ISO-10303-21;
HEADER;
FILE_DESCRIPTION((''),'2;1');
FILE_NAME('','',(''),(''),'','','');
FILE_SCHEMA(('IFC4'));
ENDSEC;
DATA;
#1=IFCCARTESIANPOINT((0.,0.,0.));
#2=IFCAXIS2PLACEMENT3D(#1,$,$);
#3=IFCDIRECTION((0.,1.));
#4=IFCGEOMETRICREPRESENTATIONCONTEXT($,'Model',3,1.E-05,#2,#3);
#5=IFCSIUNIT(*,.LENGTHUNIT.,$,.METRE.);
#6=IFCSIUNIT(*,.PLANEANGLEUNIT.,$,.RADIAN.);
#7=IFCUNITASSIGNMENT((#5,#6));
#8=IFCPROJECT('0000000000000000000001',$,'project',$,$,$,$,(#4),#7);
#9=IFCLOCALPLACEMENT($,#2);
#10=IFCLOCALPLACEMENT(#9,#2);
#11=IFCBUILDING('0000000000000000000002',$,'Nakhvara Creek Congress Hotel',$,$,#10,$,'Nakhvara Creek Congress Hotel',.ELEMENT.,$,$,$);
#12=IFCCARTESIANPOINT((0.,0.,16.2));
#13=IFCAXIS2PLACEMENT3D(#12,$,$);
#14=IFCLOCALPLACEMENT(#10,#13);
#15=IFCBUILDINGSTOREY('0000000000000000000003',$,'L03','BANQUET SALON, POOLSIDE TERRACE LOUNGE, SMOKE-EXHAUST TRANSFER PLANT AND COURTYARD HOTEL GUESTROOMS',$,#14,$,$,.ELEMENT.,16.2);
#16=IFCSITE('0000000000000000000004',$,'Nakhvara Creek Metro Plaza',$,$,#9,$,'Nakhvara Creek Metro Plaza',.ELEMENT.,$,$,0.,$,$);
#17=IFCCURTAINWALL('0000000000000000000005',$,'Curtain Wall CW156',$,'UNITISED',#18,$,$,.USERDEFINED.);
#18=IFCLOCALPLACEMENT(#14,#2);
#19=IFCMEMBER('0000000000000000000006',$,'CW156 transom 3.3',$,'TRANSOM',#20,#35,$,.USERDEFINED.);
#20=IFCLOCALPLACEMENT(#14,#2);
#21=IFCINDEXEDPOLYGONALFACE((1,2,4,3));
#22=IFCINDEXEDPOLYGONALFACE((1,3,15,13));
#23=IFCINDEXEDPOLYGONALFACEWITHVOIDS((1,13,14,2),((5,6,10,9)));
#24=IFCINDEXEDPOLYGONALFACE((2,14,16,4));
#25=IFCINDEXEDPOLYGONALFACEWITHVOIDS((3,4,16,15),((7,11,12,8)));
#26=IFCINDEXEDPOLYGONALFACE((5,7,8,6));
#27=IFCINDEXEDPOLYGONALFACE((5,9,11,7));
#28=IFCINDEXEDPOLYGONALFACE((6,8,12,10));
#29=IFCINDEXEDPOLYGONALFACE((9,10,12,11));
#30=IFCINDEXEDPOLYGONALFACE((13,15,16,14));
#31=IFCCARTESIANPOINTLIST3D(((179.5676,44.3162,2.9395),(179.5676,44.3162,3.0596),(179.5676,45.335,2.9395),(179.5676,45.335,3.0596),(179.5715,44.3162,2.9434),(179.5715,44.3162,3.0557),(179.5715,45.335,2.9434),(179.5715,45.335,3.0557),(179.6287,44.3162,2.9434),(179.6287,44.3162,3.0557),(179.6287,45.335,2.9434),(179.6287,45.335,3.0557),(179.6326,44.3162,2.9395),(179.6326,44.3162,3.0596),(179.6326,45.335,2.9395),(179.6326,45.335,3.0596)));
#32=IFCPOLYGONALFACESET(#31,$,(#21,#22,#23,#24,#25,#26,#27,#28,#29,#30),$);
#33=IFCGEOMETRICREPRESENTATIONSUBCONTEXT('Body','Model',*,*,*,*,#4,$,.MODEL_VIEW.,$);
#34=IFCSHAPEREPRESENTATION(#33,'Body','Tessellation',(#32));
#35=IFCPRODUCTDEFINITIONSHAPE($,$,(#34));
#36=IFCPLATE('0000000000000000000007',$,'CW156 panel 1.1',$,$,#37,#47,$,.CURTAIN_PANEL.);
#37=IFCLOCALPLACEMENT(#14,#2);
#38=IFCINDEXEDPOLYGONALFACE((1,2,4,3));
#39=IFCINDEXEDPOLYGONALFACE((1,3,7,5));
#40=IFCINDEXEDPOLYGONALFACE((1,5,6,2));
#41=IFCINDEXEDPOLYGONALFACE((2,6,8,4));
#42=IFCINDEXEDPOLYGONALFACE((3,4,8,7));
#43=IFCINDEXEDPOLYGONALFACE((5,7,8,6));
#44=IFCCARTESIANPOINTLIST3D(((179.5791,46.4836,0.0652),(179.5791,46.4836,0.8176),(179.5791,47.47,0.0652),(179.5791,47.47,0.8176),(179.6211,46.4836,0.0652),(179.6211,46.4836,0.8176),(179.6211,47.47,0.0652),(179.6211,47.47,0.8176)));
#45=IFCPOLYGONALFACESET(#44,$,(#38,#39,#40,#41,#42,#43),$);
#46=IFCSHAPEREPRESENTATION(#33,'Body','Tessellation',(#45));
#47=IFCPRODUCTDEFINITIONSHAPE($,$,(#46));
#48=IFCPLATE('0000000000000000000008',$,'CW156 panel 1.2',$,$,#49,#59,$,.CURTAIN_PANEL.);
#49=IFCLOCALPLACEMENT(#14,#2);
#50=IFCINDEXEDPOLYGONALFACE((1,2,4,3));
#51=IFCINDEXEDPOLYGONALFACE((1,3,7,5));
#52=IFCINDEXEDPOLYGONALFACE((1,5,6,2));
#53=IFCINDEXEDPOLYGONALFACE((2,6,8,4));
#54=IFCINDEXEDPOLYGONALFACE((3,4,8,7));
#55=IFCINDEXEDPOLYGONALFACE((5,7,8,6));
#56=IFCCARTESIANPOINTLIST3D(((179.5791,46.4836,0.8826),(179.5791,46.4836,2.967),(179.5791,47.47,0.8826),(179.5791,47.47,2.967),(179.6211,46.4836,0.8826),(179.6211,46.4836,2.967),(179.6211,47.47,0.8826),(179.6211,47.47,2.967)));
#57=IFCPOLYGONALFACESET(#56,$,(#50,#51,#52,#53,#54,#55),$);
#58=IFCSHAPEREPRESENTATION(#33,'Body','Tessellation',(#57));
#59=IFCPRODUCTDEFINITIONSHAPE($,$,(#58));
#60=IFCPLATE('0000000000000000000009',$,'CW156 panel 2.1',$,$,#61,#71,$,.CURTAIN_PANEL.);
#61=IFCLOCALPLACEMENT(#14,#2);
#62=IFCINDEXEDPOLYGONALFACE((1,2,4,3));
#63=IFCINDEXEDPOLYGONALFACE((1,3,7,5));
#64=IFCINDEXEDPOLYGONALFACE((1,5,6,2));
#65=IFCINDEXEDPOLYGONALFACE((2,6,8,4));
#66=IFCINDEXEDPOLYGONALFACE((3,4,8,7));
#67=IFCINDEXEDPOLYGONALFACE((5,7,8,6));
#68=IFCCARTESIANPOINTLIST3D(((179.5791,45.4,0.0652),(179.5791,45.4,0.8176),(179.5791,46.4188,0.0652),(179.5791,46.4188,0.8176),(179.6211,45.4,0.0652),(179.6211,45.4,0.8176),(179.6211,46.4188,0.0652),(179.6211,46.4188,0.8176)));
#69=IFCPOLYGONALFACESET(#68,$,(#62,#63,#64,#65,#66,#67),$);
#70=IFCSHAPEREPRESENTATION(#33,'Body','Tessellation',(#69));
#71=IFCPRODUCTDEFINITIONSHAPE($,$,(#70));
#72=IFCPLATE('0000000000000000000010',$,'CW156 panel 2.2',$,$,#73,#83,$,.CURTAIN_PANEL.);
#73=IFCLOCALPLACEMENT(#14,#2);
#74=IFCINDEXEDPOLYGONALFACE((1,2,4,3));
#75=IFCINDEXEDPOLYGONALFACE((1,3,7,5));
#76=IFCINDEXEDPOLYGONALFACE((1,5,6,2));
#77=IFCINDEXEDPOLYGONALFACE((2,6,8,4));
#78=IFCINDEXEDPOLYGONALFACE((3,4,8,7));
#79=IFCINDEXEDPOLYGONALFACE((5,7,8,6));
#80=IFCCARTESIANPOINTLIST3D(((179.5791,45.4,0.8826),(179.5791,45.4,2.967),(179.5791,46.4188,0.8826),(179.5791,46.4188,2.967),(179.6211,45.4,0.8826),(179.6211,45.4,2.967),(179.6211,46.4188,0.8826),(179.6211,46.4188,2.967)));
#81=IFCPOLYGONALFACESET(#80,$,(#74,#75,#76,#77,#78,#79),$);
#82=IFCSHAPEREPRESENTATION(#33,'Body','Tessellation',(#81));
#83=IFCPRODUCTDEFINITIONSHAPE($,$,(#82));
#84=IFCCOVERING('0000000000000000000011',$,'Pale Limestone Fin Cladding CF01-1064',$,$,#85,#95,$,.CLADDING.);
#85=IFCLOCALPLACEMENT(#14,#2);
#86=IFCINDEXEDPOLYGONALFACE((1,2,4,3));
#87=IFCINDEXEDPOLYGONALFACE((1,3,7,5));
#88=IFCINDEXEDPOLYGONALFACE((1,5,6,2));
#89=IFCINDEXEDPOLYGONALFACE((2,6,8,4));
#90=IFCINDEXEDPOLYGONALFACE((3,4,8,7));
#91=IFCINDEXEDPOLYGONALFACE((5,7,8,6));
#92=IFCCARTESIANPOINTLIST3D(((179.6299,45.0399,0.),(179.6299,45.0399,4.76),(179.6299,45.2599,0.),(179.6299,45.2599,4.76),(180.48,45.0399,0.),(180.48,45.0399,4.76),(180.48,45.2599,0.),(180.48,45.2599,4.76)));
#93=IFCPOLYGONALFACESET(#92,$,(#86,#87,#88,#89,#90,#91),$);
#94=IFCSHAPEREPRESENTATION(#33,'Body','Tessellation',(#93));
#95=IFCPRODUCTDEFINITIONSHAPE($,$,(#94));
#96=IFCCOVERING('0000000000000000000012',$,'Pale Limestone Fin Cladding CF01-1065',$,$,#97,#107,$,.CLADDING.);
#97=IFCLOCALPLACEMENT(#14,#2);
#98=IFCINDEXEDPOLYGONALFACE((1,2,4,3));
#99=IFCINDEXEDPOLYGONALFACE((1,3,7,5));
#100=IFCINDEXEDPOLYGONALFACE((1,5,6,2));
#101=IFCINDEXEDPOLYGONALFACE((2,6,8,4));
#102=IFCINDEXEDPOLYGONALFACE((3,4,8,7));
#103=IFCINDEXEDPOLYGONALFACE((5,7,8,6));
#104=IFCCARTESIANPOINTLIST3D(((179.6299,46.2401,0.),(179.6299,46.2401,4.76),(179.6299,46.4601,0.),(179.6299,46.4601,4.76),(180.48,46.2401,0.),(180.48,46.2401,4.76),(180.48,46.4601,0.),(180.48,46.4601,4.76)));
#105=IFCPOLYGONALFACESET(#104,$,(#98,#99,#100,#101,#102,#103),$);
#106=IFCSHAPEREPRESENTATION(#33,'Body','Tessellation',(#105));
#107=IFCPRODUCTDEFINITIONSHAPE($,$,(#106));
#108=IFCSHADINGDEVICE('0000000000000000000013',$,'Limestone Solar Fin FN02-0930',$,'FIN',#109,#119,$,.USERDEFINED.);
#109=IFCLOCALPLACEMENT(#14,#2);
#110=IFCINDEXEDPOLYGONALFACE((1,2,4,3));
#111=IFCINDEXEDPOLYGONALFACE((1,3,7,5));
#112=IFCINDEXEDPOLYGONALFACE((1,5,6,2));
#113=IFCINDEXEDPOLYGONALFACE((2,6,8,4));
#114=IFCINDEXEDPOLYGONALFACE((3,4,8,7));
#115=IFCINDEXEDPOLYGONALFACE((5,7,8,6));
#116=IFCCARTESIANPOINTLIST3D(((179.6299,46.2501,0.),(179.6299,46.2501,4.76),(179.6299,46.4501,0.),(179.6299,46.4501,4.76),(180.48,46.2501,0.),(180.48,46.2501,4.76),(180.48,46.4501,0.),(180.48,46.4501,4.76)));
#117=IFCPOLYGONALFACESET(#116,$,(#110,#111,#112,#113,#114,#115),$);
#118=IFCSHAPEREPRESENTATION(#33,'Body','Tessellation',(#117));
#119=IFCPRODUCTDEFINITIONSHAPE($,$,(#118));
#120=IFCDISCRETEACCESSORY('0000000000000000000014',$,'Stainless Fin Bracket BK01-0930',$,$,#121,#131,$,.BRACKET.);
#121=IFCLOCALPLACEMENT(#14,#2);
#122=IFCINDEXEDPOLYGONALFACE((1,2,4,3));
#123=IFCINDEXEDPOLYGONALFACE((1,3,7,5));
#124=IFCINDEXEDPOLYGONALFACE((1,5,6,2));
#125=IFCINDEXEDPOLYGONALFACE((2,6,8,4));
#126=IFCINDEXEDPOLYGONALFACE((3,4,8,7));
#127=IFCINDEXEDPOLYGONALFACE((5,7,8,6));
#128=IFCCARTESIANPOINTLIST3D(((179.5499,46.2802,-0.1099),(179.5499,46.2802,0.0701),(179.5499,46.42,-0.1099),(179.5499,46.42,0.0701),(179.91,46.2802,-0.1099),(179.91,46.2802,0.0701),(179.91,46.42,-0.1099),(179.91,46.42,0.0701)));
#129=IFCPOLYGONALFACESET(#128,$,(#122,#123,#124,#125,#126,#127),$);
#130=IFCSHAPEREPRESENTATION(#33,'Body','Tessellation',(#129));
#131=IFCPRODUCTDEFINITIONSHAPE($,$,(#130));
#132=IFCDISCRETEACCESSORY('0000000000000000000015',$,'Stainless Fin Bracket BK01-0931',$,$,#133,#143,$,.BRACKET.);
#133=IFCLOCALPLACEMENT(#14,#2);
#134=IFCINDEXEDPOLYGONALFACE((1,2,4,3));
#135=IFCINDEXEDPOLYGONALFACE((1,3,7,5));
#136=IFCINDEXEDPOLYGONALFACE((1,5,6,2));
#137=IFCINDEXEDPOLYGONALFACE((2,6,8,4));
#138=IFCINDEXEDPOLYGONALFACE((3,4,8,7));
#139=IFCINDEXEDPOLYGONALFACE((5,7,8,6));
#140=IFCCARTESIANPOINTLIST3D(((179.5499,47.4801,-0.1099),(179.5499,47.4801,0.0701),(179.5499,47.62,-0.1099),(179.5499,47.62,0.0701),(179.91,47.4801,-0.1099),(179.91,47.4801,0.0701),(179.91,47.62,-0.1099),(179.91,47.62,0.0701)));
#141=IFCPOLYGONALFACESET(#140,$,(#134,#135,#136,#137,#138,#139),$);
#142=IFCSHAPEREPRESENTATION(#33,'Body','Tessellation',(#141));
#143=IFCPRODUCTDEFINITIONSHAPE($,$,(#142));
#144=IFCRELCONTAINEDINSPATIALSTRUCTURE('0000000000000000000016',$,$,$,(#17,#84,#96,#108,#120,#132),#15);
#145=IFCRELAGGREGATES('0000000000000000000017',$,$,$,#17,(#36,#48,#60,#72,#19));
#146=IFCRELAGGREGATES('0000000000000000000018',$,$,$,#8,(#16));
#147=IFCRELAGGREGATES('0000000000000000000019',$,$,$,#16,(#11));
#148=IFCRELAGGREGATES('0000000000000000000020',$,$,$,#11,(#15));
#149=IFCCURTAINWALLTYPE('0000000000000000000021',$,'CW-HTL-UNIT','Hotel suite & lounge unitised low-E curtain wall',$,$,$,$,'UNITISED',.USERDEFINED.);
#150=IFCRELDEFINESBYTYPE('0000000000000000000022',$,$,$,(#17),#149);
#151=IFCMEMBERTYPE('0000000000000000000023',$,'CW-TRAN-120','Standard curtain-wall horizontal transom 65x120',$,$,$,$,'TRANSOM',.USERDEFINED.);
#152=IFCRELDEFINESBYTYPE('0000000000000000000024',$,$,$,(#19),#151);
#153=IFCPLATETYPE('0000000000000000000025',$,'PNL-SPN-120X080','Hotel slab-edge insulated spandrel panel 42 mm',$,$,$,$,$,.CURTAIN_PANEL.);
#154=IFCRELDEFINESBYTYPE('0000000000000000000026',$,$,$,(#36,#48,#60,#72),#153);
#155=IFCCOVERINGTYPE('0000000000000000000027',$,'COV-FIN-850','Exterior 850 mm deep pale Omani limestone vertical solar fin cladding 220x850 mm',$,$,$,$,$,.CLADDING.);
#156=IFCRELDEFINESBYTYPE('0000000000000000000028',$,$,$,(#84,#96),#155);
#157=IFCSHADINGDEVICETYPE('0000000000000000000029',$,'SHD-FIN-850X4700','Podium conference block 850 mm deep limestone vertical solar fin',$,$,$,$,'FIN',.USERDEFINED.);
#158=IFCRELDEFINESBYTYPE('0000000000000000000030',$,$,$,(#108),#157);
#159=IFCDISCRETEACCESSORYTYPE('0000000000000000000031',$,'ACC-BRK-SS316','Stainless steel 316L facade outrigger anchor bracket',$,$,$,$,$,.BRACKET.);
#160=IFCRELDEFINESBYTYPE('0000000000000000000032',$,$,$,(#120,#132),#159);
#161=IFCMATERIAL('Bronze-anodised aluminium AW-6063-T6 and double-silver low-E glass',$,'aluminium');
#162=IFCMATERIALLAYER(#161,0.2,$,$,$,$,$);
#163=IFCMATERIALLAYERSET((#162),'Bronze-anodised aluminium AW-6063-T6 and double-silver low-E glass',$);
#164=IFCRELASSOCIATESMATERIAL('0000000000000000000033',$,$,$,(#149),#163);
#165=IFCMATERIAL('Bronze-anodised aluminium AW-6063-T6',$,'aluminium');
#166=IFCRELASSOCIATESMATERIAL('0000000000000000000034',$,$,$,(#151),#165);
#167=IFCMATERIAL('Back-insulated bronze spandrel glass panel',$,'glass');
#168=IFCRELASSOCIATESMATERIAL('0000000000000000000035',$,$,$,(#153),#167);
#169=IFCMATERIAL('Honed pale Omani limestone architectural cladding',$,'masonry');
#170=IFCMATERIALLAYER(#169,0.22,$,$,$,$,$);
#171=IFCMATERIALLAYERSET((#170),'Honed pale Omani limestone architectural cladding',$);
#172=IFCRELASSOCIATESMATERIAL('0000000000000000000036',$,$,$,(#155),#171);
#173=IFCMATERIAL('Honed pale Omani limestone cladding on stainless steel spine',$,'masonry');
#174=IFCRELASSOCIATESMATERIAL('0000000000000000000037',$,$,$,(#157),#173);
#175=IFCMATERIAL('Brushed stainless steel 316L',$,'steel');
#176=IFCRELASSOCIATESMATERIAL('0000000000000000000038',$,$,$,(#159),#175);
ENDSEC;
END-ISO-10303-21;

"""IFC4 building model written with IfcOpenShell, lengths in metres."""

from ifc_helpers import new_model, si_unit, direction, frame, origin, origin_2d, place, context, subcontext, project, spatial, rectangle, hollow_rectangle, extrude, material, layer, layer_set, material_profile, profile_set, type_object, element, aggregate, save


model = new_model("IFC4")

# Units and contexts
model_context = context("Model", 3, precision=1e-05, world=origin(), true_north=direction((0.0, 1.0)))
body_context = subcontext(model_context, "Body", "Model", "MODEL_VIEW")
ifc_project = project(units=[si_unit("LENGTHUNIT", "METRE"), si_unit("PLANEANGLEUNIT", "RADIAN")], contexts=[model_context])

# Site, building, storey
site_placement = place(None, origin())
site = spatial("IfcSite", under=ifc_project, at=site_placement, Name="Nakhvara Creek Metro Plaza", LongName="Nakhvara Creek Metro Plaza", CompositionType="ELEMENT", RefElevation=0.0)
building_placement = place(site_placement, origin())
building = spatial("IfcBuilding", under=site, at=building_placement, Name="Nakhvara Creek Congress Hotel", LongName="Nakhvara Creek Congress Hotel", CompositionType="ELEMENT")
storey_placement = place(building_placement, frame((0.0, 0.0, 16.2)))
storey = spatial("IfcBuildingStorey", under=building, at=storey_placement, Name="L03", Description="BANQUET SALON, POOLSIDE TERRACE LOUNGE, SMOKE-EXHAUST TRANSFER PLANT AND COURTYARD HOTEL GUESTROOMS", CompositionType="ELEMENT", Elevation=16.2)

# Curtain wall, member, plates
ifc_material_1 = material(Name="Bronze-anodised aluminium AW-6063-T6 and double-silver low-E glass", Category="aluminium")
ifc_layer_1 = layer(ifc_material_1, 0.2)
ifc_layer_set_1 = layer_set([ifc_layer_1], Name="Bronze-anodised aluminium AW-6063-T6 and double-silver low-E glass")
curtain_wall_type = type_object("IfcCurtainWallType", Name="CW-HTL-UNIT", Description="Hotel suite & lounge unitised low-E curtain wall", ElementType="UNITISED", PredefinedType="USERDEFINED", material=ifc_layer_set_1)
curtain_wall_placement = place(storey_placement, origin())
curtain_wall = element("IfcCurtainWall", 1, at=curtain_wall_placement, inside=storey, type_object=curtain_wall_type, Name="Curtain Wall CW156", ObjectType="UNITISED", PredefinedType="USERDEFINED")
ifc_material_2 = material(Name="Bronze-anodised aluminium AW-6063-T6", Category="aluminium")
ifc_material_profile_1 = material_profile(ifc_material_2, hollow_rectangle(XDim=0.0649, YDim=0.1201, WallThickness=0.0039, at=origin_2d()), Name="ALU-TRAN 65x120x4", Category="LoadBearing")
ifc_profile_set_1 = profile_set([ifc_material_profile_1], Name="Bronze-anodised aluminium AW-6063-T6")
member_type_1 = type_object("IfcMemberType", Name="CW-TRAN-120", Description="Standard curtain-wall horizontal transom 65x120", ElementType="TRANSOM", PredefinedType="USERDEFINED", material=ifc_profile_set_1)
member_1_placement = place(storey_placement, frame((179.6001, 45.335, 2.9995), z_axis=(0.0, -1.0, 0.0), x_axis=(1.0, 0.0, 0.0)))
member_1 = element("IfcMember", 2, at=member_1_placement, type_object=member_type_1, Name="CW156 transom 3.3", ObjectType="TRANSOM", PredefinedType="USERDEFINED", context=body_context, shape_type="SweptSolid", body=[
    extrude(hollow_rectangle(XDim=0.0649, YDim=0.1201, WallThickness=0.0039, at=origin_2d()), origin(), (0.0, 0.0, 1.0), 1.0188),
])
ifc_material_3 = material(Name="Back-insulated bronze spandrel glass panel", Category="glass")
plate_type = type_object("IfcPlateType", Name="PNL-SPN-120X080", Description="Hotel slab-edge insulated spandrel panel 42 mm", PredefinedType="CURTAIN_PANEL", material=ifc_material_3)
plate_1_placement = place(storey_placement, frame((179.6001, 46.9768, 0.0652), z_axis=(0.0, 0.0, 1.0), x_axis=(0.0, -1.0, 0.0)))
plate_1 = element("IfcPlate", 3, at=plate_1_placement, type_object=plate_type, Name="CW156 panel 1.1", PredefinedType="CURTAIN_PANEL", context=body_context, shape_type="SweptSolid", body=[
    extrude(rectangle(XDim=0.9863, YDim=0.042, at=origin_2d()), origin(), (0.0, 0.0, 1.0), 0.7524),
])
plate_2_placement = place(storey_placement, frame((179.6001, 46.9768, 0.8826), z_axis=(0.0, 0.0, 1.0), x_axis=(0.0, -1.0, 0.0)))
plate_2 = element("IfcPlate", 4, at=plate_2_placement, type_object=plate_type, Name="CW156 panel 1.2", PredefinedType="CURTAIN_PANEL", context=body_context, shape_type="SweptSolid", body=[
    extrude(rectangle(XDim=0.9863, YDim=0.042, at=origin_2d()), origin(), (0.0, 0.0, 1.0), 2.0845),
])
plate_3_placement = place(storey_placement, frame((179.6001, 45.9094, 0.0652), z_axis=(0.0, 0.0, 1.0), x_axis=(0.0, -1.0, 0.0)))
plate_3 = element("IfcPlate", 5, at=plate_3_placement, type_object=plate_type, Name="CW156 panel 2.1", PredefinedType="CURTAIN_PANEL", context=body_context, shape_type="SweptSolid", body=[
    extrude(rectangle(XDim=1.0188, YDim=0.042, at=origin_2d()), origin(), (0.0, 0.0, 1.0), 0.7524),
])
plate_4_placement = place(storey_placement, frame((179.6001, 45.9094, 0.8826), z_axis=(0.0, 0.0, 1.0), x_axis=(0.0, -1.0, 0.0)))
plate_4 = element("IfcPlate", 6, at=plate_4_placement, type_object=plate_type, Name="CW156 panel 2.2", PredefinedType="CURTAIN_PANEL", context=body_context, shape_type="SweptSolid", body=[
    extrude(rectangle(XDim=1.0188, YDim=0.042, at=origin_2d()), origin(), (0.0, 0.0, 1.0), 2.0845),
])
aggregate(curtain_wall, [plate_1, plate_2, plate_3, plate_4, member_1])

# Coverings
ifc_material_4 = material(Name="Honed pale Omani limestone architectural cladding", Category="masonry")
ifc_layer_2 = layer(ifc_material_4, 0.22)
ifc_layer_set_2 = layer_set([ifc_layer_2], Name="Honed pale Omani limestone architectural cladding")
covering_type = type_object("IfcCoveringType", Name="COV-FIN-850", Description="Exterior 850 mm deep pale Omani limestone vertical solar fin cladding 220x850 mm", PredefinedType="CLADDING", material=ifc_layer_set_2)
for number, where, z_axis, x_axis, name in (
    (7, (180.0549, 45.1499, 0.0), (0.0, 0.0, 1.0), (0.0, 1.0, 0.0), "Pale Limestone Fin Cladding CF01-1064"),
    (8, (180.0549, 46.3501, 0.0), (0.0, 0.0, 1.0), (0.0, 1.0, 0.0), "Pale Limestone Fin Cladding CF01-1065"),
):
    element("IfcCovering", number, at=place(storey_placement, frame(where, z_axis=z_axis, x_axis=x_axis)), inside=storey, type_object=covering_type, Name=name, PredefinedType="CLADDING", context=body_context, shape_type="SweptSolid", body=[
        extrude(rectangle(XDim=0.22, YDim=0.8501, at=origin_2d()), origin(), (0.0, 0.0, 1.0), 4.76),
    ])

# Shading device
ifc_material_5 = material(Name="Honed pale Omani limestone cladding on stainless steel spine", Category="masonry")
shading_device_type = type_object("IfcShadingDeviceType", Name="SHD-FIN-850X4700", Description="Podium conference block 850 mm deep limestone vertical solar fin", ElementType="FIN", PredefinedType="USERDEFINED", material=ifc_material_5)
shading_device_placement = place(storey_placement, frame((180.0549, 46.3501, 0.0), z_axis=(0.0, 0.0, 1.0), x_axis=(0.0, 1.0, 0.0)))
element("IfcShadingDevice", 9, at=shading_device_placement, inside=storey, type_object=shading_device_type, Name="Limestone Solar Fin FN02-0930", ObjectType="FIN", PredefinedType="USERDEFINED", context=body_context, shape_type="SweptSolid", body=[
    extrude(rectangle(XDim=0.2, YDim=0.8501, at=origin_2d()), origin(), (0.0, 0.0, 1.0), 4.76),
])

# Discrete accessories
ifc_material_6 = material(Name="Brushed stainless steel 316L", Category="steel")
discrete_accessory_type = type_object("IfcDiscreteAccessoryType", Name="ACC-BRK-SS316", Description="Stainless steel 316L facade outrigger anchor bracket", PredefinedType="BRACKET", material=ifc_material_6)
for number, where, z_axis, x_axis, name in (
    (10, (179.73, 46.3501, -0.1099), (0.0, 0.0, 1.0), (0.0, 1.0, 0.0), "Stainless Fin Bracket BK01-0930"),
    (11, (179.73, 47.55, -0.1099), (0.0, 0.0, 1.0), (0.0, 1.0, 0.0), "Stainless Fin Bracket BK01-0931"),
):
    element("IfcDiscreteAccessory", number, at=place(storey_placement, frame(where, z_axis=z_axis, x_axis=x_axis)), inside=storey, type_object=discrete_accessory_type, Name=name, PredefinedType="BRACKET", context=body_context, shape_type="SweptSolid", body=[
        extrude(rectangle(XDim=0.1399, YDim=0.3601, at=origin_2d()), origin(), (0.0, 0.0, 1.0), 0.1799),
    ])

save(model, "model.ifc")
